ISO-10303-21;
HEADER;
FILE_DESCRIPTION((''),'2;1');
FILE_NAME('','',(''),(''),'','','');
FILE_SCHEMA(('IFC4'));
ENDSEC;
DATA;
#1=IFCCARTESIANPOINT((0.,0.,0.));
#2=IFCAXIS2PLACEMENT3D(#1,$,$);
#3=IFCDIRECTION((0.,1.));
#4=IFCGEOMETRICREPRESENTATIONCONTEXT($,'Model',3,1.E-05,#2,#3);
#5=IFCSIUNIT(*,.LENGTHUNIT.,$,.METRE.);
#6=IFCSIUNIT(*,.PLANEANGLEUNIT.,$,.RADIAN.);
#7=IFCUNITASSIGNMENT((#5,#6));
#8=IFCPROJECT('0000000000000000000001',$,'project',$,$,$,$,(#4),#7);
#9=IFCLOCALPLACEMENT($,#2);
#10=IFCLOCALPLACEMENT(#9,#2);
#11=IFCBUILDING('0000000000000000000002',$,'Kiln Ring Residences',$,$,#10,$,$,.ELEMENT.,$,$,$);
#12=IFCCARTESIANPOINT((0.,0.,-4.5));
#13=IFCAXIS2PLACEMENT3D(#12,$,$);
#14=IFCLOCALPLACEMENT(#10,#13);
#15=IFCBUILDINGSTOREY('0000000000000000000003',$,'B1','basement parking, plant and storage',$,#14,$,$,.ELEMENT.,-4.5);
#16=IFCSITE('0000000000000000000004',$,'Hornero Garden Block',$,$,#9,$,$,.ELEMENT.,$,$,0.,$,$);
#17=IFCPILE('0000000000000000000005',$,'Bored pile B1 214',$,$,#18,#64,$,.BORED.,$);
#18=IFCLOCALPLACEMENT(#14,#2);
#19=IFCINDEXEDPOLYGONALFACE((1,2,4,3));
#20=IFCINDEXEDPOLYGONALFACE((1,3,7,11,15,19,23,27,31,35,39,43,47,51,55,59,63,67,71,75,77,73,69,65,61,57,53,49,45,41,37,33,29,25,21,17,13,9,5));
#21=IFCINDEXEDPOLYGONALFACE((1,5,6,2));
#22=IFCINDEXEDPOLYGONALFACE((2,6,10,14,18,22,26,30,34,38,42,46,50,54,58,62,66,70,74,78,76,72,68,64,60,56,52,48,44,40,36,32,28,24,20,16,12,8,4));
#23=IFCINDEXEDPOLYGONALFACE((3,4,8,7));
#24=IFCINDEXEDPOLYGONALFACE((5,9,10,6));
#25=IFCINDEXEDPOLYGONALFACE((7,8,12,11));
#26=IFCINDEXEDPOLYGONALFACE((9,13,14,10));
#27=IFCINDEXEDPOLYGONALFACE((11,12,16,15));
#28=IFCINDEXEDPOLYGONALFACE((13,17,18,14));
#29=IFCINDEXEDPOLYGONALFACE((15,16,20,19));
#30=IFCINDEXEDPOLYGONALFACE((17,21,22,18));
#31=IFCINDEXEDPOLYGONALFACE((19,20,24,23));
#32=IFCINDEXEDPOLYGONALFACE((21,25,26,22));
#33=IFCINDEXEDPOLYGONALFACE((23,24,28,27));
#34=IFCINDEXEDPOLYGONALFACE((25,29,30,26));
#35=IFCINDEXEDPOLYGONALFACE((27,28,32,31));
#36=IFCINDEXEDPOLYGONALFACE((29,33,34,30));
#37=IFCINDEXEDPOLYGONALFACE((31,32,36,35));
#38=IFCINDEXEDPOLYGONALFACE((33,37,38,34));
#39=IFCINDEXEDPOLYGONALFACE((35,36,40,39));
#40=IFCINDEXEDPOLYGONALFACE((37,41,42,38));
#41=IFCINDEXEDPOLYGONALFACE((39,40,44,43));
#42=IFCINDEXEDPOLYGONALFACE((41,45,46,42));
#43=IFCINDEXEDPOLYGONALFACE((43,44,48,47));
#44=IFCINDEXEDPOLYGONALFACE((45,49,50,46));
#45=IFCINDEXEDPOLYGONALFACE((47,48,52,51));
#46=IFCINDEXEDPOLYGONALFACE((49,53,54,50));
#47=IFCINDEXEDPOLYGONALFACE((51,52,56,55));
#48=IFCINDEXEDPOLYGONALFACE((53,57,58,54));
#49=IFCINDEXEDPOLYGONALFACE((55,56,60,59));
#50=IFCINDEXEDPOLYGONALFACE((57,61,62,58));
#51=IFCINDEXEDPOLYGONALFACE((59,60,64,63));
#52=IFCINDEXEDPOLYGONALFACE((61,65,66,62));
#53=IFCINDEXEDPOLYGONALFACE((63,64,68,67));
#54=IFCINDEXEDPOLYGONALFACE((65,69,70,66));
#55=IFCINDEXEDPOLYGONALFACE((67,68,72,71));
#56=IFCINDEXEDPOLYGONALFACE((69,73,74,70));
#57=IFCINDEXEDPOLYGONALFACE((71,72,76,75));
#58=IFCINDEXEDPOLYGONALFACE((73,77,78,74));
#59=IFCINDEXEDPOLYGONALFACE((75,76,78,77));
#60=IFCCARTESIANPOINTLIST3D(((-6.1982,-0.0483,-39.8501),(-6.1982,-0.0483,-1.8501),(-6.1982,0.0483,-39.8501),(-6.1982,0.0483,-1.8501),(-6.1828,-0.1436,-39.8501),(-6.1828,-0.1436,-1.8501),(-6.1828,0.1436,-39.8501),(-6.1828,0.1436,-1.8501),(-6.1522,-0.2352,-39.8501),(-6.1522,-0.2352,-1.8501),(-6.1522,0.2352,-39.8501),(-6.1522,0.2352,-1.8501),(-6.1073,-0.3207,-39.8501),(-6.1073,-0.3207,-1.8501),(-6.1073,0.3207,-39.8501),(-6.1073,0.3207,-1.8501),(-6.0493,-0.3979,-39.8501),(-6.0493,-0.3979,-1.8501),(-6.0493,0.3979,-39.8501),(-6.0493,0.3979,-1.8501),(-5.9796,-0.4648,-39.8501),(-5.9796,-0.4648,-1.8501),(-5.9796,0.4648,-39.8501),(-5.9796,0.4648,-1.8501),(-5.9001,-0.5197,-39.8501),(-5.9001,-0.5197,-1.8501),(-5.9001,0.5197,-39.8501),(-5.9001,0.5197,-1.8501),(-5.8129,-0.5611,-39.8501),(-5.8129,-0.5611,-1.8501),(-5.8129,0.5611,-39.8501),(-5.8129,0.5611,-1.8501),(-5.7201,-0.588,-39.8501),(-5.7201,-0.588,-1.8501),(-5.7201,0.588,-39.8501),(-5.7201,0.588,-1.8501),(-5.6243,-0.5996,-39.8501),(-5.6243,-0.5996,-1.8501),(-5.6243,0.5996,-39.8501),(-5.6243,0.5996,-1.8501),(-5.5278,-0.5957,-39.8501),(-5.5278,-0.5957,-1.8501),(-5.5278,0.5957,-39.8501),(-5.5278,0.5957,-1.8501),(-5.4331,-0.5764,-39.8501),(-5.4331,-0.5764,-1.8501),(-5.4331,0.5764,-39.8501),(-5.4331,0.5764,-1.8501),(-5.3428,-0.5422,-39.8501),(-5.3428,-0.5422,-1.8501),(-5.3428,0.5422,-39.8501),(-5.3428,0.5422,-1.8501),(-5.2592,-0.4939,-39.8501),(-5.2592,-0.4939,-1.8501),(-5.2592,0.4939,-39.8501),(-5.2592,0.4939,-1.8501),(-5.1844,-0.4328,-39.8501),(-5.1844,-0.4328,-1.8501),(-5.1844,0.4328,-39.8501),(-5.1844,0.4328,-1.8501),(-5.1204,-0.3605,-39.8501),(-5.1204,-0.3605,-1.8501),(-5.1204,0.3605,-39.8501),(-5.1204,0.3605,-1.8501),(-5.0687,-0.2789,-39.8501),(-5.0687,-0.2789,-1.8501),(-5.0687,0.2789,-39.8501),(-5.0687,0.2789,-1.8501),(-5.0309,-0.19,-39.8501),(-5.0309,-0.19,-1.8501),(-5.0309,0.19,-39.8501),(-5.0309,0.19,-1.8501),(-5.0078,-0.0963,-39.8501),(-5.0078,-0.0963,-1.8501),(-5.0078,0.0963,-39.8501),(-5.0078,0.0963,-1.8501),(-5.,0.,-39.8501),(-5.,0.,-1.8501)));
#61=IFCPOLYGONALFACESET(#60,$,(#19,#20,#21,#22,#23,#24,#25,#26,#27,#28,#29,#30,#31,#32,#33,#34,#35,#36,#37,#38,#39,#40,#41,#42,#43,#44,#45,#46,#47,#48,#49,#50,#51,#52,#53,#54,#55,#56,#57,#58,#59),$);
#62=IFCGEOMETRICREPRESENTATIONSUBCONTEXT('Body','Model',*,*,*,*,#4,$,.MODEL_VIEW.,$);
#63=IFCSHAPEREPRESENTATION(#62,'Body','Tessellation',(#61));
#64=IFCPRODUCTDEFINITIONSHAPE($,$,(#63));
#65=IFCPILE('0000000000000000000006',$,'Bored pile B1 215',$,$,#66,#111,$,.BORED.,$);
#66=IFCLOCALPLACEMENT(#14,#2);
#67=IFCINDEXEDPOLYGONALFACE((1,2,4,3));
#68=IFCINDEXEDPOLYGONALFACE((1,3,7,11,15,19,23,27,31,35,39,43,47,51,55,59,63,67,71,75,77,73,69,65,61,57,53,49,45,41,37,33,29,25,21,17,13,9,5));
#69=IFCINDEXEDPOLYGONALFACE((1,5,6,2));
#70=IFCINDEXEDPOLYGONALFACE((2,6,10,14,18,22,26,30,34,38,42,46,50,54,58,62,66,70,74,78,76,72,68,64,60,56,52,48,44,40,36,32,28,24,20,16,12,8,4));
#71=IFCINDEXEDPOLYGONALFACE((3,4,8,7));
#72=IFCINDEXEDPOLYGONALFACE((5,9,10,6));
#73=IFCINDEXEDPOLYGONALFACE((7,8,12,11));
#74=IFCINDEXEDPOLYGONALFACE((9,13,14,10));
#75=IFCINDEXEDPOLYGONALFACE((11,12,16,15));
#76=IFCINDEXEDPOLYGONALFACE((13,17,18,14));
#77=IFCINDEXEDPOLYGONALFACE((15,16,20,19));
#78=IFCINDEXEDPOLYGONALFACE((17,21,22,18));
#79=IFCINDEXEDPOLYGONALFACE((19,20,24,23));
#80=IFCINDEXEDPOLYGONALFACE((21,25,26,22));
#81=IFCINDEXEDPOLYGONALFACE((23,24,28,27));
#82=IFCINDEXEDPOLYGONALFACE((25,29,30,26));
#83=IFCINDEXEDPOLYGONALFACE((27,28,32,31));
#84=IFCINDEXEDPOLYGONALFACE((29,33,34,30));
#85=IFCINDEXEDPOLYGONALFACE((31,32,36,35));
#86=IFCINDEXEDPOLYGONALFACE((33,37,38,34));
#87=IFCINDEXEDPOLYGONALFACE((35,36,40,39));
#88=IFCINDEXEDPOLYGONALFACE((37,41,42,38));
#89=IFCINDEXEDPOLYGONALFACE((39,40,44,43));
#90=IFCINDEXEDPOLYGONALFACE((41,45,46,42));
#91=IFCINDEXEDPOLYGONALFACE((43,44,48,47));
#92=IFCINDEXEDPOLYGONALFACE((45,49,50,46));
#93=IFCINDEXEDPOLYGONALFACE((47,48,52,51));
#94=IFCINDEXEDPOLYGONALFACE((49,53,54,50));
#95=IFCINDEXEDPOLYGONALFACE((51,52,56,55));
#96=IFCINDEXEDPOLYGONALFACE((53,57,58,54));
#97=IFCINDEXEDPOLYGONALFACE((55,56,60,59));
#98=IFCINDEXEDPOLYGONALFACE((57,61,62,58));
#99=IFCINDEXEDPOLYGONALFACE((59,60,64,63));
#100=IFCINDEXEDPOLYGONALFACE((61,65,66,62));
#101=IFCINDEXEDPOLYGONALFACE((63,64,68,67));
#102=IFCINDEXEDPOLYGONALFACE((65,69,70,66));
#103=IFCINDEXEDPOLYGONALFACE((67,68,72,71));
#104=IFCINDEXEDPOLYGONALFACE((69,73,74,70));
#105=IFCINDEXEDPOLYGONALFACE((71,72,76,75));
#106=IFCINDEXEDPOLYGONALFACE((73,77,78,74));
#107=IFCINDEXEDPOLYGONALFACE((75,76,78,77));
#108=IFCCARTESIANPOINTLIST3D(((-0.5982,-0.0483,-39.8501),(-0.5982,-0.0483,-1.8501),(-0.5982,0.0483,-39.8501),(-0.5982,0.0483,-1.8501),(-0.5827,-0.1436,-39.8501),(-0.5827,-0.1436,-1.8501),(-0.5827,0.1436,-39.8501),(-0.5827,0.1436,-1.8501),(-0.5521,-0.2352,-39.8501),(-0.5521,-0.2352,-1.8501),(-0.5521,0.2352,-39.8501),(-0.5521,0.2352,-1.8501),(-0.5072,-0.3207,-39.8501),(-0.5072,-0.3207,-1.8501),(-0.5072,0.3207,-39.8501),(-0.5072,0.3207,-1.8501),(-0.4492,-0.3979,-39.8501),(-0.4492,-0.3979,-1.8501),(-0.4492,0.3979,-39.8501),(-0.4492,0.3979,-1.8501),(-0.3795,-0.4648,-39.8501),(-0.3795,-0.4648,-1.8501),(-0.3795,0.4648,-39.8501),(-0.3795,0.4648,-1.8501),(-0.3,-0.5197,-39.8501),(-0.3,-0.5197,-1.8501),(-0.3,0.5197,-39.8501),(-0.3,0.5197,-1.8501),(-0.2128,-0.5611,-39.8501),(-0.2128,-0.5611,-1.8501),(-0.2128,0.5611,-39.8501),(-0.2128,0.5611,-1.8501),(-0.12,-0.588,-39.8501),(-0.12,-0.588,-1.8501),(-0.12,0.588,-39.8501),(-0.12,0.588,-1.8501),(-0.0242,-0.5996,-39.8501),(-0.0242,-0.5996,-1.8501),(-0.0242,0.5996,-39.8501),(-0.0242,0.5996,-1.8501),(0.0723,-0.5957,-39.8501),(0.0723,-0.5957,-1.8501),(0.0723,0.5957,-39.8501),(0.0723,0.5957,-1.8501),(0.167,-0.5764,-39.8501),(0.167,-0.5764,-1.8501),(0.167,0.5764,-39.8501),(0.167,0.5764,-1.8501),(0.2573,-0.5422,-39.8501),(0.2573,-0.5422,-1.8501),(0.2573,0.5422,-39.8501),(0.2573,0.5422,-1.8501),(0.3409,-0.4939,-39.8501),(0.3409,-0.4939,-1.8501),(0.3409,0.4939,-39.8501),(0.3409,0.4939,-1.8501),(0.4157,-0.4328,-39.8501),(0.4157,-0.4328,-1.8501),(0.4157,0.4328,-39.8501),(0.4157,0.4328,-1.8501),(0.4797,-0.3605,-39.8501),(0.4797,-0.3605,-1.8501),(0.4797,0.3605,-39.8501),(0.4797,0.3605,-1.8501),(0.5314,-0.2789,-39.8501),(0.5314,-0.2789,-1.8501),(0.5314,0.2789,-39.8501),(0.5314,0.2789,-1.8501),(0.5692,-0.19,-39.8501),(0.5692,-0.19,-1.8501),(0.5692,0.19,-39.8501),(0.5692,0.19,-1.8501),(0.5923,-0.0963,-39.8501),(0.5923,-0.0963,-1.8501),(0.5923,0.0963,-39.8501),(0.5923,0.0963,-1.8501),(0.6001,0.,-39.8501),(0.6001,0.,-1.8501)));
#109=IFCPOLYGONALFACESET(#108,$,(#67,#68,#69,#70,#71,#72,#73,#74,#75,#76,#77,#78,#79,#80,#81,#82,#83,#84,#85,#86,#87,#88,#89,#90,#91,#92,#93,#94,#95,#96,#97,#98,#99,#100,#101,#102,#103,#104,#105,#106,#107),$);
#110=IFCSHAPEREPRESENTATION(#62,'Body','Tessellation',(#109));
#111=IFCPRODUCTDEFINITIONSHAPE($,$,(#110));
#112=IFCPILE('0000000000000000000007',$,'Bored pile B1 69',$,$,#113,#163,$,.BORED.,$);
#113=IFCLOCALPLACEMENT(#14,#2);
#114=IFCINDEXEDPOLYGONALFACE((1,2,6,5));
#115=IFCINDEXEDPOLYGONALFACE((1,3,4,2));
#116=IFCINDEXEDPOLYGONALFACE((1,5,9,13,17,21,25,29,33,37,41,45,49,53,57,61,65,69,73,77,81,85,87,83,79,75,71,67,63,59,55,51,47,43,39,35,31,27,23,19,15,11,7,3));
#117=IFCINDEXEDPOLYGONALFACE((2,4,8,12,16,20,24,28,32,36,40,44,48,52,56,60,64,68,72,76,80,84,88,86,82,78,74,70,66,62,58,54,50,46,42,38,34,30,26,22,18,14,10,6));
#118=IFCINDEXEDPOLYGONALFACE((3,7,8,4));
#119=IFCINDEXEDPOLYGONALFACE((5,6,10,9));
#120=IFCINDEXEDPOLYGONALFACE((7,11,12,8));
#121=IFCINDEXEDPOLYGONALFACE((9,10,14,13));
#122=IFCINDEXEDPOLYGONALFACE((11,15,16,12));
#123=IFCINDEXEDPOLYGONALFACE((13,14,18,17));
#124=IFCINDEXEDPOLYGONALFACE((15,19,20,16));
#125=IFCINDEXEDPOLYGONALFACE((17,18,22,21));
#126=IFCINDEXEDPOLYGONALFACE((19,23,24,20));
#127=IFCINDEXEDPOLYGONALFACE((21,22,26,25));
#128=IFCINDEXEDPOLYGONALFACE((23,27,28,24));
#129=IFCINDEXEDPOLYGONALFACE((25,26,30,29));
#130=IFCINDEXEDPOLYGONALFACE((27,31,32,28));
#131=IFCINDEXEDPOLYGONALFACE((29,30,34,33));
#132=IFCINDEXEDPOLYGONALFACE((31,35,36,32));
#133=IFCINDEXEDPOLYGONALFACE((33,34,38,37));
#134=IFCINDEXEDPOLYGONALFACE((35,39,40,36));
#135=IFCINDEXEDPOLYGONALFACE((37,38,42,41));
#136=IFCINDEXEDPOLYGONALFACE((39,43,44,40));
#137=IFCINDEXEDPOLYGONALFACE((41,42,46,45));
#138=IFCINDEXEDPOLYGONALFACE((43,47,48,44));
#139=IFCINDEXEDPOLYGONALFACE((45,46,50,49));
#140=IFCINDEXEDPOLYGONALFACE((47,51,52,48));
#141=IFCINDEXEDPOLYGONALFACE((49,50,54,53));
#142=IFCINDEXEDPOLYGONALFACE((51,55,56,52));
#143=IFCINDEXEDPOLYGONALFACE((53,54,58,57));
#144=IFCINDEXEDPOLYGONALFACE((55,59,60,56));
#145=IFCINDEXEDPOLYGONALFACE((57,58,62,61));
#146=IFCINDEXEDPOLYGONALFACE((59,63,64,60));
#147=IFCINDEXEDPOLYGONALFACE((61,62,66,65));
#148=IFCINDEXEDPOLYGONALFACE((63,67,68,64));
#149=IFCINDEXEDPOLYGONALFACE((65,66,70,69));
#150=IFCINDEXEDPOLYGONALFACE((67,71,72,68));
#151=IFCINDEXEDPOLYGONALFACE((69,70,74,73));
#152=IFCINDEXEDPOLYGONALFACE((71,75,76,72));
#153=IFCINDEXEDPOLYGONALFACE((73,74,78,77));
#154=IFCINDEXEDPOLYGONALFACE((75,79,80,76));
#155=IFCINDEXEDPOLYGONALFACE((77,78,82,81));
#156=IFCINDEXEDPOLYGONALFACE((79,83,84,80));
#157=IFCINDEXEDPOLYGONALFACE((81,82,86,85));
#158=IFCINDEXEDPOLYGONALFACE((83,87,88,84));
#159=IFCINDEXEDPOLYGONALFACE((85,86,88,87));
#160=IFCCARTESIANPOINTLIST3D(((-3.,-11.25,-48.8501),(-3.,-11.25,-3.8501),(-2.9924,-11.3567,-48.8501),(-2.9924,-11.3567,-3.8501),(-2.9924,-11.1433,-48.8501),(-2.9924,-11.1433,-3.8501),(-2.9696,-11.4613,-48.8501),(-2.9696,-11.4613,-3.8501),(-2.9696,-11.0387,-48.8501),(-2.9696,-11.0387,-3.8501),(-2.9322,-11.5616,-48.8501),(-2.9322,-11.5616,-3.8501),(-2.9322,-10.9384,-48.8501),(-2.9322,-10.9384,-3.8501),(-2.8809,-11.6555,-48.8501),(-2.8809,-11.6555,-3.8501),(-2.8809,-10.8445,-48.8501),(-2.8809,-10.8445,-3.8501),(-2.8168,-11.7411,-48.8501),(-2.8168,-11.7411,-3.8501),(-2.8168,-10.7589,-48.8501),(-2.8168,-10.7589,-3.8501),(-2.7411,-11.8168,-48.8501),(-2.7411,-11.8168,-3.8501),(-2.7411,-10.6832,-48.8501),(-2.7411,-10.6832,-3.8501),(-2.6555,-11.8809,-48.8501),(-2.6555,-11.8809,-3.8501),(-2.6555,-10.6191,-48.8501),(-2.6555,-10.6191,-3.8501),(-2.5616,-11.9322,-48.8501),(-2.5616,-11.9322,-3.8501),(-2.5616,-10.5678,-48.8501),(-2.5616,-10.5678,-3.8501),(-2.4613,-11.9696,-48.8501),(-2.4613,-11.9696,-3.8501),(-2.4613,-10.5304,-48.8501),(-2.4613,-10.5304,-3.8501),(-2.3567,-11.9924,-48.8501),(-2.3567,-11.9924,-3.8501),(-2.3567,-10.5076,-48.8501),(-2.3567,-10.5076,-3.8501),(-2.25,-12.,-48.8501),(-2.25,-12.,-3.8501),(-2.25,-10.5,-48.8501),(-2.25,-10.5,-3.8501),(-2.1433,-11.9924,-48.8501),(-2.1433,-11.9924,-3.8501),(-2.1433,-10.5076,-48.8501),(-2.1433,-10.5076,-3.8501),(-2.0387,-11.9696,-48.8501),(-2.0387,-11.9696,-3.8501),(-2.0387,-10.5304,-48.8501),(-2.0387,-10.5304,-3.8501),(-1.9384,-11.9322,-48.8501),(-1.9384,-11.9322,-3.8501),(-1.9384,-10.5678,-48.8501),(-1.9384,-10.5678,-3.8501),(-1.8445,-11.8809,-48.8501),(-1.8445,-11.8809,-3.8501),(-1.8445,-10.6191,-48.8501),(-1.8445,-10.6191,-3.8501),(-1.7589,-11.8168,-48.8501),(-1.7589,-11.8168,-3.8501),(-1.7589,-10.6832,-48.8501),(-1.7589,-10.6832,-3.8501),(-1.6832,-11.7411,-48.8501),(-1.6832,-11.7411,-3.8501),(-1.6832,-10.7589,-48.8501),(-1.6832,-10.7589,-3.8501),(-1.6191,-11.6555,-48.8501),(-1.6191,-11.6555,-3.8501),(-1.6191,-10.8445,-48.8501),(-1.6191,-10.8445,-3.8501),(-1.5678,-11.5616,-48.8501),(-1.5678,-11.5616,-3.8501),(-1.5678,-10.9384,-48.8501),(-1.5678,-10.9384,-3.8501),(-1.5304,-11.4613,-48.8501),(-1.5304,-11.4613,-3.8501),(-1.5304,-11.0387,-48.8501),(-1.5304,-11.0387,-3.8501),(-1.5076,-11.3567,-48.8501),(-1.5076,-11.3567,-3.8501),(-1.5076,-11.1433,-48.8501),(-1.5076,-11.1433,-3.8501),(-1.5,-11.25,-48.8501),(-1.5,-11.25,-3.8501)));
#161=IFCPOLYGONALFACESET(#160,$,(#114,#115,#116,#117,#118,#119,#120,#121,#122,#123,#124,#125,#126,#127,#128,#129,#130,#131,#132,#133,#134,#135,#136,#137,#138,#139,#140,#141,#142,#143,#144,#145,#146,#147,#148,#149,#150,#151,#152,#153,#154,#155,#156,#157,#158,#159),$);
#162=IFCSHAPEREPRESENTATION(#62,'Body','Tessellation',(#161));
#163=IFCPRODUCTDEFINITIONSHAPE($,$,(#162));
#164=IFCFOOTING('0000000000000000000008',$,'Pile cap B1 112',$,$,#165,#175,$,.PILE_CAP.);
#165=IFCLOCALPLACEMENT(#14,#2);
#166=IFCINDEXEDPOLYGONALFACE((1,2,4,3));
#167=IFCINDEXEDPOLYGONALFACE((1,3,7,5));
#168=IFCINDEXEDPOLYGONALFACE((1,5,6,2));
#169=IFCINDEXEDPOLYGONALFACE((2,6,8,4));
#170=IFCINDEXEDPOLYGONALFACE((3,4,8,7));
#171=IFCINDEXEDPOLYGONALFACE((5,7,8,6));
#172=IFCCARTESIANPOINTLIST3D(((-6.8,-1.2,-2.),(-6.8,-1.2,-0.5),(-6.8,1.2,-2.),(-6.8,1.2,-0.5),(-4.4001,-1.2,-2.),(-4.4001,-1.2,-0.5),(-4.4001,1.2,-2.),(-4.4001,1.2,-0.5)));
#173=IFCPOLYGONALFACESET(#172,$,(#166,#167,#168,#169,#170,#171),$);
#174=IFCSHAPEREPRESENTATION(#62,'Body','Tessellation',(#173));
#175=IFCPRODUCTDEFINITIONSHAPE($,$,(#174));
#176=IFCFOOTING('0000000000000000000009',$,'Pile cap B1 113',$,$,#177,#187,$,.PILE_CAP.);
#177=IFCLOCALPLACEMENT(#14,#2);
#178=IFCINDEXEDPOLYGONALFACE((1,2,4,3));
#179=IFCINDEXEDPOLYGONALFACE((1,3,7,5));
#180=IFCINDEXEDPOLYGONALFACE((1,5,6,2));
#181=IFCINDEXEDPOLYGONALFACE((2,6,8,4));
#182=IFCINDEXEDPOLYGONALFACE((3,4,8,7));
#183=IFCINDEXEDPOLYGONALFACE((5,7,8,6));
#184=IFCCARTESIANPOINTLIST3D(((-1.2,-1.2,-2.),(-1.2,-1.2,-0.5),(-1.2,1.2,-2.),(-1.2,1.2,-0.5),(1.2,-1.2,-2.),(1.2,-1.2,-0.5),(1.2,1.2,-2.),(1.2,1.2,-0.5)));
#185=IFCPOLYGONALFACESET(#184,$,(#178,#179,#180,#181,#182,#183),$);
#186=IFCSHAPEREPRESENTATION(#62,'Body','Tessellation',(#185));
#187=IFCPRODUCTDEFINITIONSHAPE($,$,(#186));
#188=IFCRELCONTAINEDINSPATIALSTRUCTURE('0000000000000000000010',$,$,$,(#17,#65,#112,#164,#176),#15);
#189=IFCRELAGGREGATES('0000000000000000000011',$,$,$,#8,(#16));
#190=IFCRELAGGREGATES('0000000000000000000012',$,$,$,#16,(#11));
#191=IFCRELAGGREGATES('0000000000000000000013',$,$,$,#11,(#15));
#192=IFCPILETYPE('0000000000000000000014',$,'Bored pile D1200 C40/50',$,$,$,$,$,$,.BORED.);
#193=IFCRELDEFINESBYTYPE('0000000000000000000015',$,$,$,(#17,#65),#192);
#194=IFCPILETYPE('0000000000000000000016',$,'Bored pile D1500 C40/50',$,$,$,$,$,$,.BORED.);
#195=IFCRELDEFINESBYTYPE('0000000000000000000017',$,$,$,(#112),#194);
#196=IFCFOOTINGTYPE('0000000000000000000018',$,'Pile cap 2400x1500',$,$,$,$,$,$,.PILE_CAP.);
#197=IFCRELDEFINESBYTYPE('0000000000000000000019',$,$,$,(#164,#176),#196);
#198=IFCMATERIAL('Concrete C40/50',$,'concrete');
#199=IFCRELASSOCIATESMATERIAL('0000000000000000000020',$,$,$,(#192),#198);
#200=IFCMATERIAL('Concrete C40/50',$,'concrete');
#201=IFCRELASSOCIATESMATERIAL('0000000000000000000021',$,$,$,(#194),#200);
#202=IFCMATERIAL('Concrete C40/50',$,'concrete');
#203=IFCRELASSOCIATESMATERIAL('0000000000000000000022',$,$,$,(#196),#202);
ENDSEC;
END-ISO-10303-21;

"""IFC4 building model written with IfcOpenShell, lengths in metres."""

from ifc_helpers import new_model, si_unit, direction, frame, origin, origin_2d, place, context, subcontext, project, spatial, rectangle, circle, extrude, material, material_profile, profile_set, type_object, element, save


model = new_model("IFC4")

# Units and contexts
model_context = context("Model", 3, precision=1e-05, world=origin(), true_north=direction((0.0, 1.0)))
body_context = subcontext(model_context, "Body", "Model", "MODEL_VIEW")
ifc_project = project(units=[si_unit("LENGTHUNIT", "METRE"), si_unit("PLANEANGLEUNIT", "RADIAN")], contexts=[model_context])

# Site, building, storey
site_placement = place(None, origin())
site = spatial("IfcSite", under=ifc_project, at=site_placement, Name="Hornero Garden Block", CompositionType="ELEMENT", RefElevation=0.0)
building_placement = place(site_placement, origin())
building = spatial("IfcBuilding", under=site, at=building_placement, Name="Kiln Ring Residences", CompositionType="ELEMENT")
storey_placement = place(building_placement, frame((0.0, 0.0, -4.5)))
storey = spatial("IfcBuildingStorey", under=building, at=storey_placement, Name="B1", Description="basement parking, plant and storage", CompositionType="ELEMENT", Elevation=-4.5)

# Piles
ifc_material_1 = material(Name="Concrete C40/50", Category="concrete")
ifc_material_profile_1 = material_profile(ifc_material_1, circle(Radius=0.6001, at=origin_2d()), Name="BORED1200")
ifc_profile_set_1 = profile_set([ifc_material_profile_1], Name="Concrete C40/50")
pile_type_1 = type_object("IfcPileType", Name="Bored pile D1200 C40/50", PredefinedType="BORED", material=ifc_profile_set_1)
for number, where, z_axis, x_axis, name in (
    (1, (-5.6001, 0.0, -1.8501), (0.0, 0.0, -1.0), (1.0, 0.0, 0.0), "Bored pile B1 214"),
    (2, (0.0, 0.0, -1.8501), (0.0, 0.0, -1.0), (1.0, 0.0, 0.0), "Bored pile B1 215"),
):
    element("IfcPile", number, at=place(storey_placement, frame(where, z_axis=z_axis, x_axis=x_axis)), inside=storey, type_object=pile_type_1, Name=name, PredefinedType="BORED", context=body_context, shape_type="SweptSolid", body=[
        extrude(circle(Radius=0.6001, at=origin_2d()), origin(), (0.0, 0.0, 1.0), 38.0),
    ])
ifc_material_2 = material(Name="Concrete C40/50", Category="concrete")
ifc_material_profile_2 = material_profile(ifc_material_2, circle(Radius=0.75, at=origin_2d()), Name="BORED1500")
ifc_profile_set_2 = profile_set([ifc_material_profile_2], Name="Concrete C40/50")
pile_type_2 = type_object("IfcPileType", Name="Bored pile D1500 C40/50", PredefinedType="BORED", material=ifc_profile_set_2)
pile_placement = place(storey_placement, frame((-2.25, -11.25, -3.8501), z_axis=(0.0, 0.0, -1.0), x_axis=(1.0, 0.0, 0.0)))
element("IfcPile", 3, at=pile_placement, inside=storey, type_object=pile_type_2, Name="Bored pile B1 69", PredefinedType="BORED", context=body_context, shape_type="SweptSolid", body=[
    extrude(circle(Radius=0.75, at=origin_2d()), origin(), (0.0, 0.0, 1.0), 45.0),
])

# Footings
ifc_material_3 = material(Name="Concrete C40/50", Category="concrete")
footing_type_1 = type_object("IfcFootingType", Name="Pile cap 2400x1500", PredefinedType="PILE_CAP", material=ifc_material_3)
for number, where, z_axis, x_axis, name in (
    (4, (-5.6001, 0.0, -2.0), (0.0, 0.0, 1.0), (1.0, 0.0, 0.0), "Pile cap B1 112"),
    (5, (0.0, 0.0, -2.0), (0.0, 0.0, 1.0), (1.0, 0.0, 0.0), "Pile cap B1 113"),
):
    element("IfcFooting", number, at=place(storey_placement, frame(where, z_axis=z_axis, x_axis=x_axis)), inside=storey, type_object=footing_type_1, Name=name, PredefinedType="PILE_CAP", context=body_context, shape_type="SweptSolid", body=[
        extrude(rectangle(XDim=2.3999, YDim=2.3999, at=origin_2d()), origin(), (0.0, 0.0, 1.0), 1.5),
    ])

save(model, "model.ifc")
